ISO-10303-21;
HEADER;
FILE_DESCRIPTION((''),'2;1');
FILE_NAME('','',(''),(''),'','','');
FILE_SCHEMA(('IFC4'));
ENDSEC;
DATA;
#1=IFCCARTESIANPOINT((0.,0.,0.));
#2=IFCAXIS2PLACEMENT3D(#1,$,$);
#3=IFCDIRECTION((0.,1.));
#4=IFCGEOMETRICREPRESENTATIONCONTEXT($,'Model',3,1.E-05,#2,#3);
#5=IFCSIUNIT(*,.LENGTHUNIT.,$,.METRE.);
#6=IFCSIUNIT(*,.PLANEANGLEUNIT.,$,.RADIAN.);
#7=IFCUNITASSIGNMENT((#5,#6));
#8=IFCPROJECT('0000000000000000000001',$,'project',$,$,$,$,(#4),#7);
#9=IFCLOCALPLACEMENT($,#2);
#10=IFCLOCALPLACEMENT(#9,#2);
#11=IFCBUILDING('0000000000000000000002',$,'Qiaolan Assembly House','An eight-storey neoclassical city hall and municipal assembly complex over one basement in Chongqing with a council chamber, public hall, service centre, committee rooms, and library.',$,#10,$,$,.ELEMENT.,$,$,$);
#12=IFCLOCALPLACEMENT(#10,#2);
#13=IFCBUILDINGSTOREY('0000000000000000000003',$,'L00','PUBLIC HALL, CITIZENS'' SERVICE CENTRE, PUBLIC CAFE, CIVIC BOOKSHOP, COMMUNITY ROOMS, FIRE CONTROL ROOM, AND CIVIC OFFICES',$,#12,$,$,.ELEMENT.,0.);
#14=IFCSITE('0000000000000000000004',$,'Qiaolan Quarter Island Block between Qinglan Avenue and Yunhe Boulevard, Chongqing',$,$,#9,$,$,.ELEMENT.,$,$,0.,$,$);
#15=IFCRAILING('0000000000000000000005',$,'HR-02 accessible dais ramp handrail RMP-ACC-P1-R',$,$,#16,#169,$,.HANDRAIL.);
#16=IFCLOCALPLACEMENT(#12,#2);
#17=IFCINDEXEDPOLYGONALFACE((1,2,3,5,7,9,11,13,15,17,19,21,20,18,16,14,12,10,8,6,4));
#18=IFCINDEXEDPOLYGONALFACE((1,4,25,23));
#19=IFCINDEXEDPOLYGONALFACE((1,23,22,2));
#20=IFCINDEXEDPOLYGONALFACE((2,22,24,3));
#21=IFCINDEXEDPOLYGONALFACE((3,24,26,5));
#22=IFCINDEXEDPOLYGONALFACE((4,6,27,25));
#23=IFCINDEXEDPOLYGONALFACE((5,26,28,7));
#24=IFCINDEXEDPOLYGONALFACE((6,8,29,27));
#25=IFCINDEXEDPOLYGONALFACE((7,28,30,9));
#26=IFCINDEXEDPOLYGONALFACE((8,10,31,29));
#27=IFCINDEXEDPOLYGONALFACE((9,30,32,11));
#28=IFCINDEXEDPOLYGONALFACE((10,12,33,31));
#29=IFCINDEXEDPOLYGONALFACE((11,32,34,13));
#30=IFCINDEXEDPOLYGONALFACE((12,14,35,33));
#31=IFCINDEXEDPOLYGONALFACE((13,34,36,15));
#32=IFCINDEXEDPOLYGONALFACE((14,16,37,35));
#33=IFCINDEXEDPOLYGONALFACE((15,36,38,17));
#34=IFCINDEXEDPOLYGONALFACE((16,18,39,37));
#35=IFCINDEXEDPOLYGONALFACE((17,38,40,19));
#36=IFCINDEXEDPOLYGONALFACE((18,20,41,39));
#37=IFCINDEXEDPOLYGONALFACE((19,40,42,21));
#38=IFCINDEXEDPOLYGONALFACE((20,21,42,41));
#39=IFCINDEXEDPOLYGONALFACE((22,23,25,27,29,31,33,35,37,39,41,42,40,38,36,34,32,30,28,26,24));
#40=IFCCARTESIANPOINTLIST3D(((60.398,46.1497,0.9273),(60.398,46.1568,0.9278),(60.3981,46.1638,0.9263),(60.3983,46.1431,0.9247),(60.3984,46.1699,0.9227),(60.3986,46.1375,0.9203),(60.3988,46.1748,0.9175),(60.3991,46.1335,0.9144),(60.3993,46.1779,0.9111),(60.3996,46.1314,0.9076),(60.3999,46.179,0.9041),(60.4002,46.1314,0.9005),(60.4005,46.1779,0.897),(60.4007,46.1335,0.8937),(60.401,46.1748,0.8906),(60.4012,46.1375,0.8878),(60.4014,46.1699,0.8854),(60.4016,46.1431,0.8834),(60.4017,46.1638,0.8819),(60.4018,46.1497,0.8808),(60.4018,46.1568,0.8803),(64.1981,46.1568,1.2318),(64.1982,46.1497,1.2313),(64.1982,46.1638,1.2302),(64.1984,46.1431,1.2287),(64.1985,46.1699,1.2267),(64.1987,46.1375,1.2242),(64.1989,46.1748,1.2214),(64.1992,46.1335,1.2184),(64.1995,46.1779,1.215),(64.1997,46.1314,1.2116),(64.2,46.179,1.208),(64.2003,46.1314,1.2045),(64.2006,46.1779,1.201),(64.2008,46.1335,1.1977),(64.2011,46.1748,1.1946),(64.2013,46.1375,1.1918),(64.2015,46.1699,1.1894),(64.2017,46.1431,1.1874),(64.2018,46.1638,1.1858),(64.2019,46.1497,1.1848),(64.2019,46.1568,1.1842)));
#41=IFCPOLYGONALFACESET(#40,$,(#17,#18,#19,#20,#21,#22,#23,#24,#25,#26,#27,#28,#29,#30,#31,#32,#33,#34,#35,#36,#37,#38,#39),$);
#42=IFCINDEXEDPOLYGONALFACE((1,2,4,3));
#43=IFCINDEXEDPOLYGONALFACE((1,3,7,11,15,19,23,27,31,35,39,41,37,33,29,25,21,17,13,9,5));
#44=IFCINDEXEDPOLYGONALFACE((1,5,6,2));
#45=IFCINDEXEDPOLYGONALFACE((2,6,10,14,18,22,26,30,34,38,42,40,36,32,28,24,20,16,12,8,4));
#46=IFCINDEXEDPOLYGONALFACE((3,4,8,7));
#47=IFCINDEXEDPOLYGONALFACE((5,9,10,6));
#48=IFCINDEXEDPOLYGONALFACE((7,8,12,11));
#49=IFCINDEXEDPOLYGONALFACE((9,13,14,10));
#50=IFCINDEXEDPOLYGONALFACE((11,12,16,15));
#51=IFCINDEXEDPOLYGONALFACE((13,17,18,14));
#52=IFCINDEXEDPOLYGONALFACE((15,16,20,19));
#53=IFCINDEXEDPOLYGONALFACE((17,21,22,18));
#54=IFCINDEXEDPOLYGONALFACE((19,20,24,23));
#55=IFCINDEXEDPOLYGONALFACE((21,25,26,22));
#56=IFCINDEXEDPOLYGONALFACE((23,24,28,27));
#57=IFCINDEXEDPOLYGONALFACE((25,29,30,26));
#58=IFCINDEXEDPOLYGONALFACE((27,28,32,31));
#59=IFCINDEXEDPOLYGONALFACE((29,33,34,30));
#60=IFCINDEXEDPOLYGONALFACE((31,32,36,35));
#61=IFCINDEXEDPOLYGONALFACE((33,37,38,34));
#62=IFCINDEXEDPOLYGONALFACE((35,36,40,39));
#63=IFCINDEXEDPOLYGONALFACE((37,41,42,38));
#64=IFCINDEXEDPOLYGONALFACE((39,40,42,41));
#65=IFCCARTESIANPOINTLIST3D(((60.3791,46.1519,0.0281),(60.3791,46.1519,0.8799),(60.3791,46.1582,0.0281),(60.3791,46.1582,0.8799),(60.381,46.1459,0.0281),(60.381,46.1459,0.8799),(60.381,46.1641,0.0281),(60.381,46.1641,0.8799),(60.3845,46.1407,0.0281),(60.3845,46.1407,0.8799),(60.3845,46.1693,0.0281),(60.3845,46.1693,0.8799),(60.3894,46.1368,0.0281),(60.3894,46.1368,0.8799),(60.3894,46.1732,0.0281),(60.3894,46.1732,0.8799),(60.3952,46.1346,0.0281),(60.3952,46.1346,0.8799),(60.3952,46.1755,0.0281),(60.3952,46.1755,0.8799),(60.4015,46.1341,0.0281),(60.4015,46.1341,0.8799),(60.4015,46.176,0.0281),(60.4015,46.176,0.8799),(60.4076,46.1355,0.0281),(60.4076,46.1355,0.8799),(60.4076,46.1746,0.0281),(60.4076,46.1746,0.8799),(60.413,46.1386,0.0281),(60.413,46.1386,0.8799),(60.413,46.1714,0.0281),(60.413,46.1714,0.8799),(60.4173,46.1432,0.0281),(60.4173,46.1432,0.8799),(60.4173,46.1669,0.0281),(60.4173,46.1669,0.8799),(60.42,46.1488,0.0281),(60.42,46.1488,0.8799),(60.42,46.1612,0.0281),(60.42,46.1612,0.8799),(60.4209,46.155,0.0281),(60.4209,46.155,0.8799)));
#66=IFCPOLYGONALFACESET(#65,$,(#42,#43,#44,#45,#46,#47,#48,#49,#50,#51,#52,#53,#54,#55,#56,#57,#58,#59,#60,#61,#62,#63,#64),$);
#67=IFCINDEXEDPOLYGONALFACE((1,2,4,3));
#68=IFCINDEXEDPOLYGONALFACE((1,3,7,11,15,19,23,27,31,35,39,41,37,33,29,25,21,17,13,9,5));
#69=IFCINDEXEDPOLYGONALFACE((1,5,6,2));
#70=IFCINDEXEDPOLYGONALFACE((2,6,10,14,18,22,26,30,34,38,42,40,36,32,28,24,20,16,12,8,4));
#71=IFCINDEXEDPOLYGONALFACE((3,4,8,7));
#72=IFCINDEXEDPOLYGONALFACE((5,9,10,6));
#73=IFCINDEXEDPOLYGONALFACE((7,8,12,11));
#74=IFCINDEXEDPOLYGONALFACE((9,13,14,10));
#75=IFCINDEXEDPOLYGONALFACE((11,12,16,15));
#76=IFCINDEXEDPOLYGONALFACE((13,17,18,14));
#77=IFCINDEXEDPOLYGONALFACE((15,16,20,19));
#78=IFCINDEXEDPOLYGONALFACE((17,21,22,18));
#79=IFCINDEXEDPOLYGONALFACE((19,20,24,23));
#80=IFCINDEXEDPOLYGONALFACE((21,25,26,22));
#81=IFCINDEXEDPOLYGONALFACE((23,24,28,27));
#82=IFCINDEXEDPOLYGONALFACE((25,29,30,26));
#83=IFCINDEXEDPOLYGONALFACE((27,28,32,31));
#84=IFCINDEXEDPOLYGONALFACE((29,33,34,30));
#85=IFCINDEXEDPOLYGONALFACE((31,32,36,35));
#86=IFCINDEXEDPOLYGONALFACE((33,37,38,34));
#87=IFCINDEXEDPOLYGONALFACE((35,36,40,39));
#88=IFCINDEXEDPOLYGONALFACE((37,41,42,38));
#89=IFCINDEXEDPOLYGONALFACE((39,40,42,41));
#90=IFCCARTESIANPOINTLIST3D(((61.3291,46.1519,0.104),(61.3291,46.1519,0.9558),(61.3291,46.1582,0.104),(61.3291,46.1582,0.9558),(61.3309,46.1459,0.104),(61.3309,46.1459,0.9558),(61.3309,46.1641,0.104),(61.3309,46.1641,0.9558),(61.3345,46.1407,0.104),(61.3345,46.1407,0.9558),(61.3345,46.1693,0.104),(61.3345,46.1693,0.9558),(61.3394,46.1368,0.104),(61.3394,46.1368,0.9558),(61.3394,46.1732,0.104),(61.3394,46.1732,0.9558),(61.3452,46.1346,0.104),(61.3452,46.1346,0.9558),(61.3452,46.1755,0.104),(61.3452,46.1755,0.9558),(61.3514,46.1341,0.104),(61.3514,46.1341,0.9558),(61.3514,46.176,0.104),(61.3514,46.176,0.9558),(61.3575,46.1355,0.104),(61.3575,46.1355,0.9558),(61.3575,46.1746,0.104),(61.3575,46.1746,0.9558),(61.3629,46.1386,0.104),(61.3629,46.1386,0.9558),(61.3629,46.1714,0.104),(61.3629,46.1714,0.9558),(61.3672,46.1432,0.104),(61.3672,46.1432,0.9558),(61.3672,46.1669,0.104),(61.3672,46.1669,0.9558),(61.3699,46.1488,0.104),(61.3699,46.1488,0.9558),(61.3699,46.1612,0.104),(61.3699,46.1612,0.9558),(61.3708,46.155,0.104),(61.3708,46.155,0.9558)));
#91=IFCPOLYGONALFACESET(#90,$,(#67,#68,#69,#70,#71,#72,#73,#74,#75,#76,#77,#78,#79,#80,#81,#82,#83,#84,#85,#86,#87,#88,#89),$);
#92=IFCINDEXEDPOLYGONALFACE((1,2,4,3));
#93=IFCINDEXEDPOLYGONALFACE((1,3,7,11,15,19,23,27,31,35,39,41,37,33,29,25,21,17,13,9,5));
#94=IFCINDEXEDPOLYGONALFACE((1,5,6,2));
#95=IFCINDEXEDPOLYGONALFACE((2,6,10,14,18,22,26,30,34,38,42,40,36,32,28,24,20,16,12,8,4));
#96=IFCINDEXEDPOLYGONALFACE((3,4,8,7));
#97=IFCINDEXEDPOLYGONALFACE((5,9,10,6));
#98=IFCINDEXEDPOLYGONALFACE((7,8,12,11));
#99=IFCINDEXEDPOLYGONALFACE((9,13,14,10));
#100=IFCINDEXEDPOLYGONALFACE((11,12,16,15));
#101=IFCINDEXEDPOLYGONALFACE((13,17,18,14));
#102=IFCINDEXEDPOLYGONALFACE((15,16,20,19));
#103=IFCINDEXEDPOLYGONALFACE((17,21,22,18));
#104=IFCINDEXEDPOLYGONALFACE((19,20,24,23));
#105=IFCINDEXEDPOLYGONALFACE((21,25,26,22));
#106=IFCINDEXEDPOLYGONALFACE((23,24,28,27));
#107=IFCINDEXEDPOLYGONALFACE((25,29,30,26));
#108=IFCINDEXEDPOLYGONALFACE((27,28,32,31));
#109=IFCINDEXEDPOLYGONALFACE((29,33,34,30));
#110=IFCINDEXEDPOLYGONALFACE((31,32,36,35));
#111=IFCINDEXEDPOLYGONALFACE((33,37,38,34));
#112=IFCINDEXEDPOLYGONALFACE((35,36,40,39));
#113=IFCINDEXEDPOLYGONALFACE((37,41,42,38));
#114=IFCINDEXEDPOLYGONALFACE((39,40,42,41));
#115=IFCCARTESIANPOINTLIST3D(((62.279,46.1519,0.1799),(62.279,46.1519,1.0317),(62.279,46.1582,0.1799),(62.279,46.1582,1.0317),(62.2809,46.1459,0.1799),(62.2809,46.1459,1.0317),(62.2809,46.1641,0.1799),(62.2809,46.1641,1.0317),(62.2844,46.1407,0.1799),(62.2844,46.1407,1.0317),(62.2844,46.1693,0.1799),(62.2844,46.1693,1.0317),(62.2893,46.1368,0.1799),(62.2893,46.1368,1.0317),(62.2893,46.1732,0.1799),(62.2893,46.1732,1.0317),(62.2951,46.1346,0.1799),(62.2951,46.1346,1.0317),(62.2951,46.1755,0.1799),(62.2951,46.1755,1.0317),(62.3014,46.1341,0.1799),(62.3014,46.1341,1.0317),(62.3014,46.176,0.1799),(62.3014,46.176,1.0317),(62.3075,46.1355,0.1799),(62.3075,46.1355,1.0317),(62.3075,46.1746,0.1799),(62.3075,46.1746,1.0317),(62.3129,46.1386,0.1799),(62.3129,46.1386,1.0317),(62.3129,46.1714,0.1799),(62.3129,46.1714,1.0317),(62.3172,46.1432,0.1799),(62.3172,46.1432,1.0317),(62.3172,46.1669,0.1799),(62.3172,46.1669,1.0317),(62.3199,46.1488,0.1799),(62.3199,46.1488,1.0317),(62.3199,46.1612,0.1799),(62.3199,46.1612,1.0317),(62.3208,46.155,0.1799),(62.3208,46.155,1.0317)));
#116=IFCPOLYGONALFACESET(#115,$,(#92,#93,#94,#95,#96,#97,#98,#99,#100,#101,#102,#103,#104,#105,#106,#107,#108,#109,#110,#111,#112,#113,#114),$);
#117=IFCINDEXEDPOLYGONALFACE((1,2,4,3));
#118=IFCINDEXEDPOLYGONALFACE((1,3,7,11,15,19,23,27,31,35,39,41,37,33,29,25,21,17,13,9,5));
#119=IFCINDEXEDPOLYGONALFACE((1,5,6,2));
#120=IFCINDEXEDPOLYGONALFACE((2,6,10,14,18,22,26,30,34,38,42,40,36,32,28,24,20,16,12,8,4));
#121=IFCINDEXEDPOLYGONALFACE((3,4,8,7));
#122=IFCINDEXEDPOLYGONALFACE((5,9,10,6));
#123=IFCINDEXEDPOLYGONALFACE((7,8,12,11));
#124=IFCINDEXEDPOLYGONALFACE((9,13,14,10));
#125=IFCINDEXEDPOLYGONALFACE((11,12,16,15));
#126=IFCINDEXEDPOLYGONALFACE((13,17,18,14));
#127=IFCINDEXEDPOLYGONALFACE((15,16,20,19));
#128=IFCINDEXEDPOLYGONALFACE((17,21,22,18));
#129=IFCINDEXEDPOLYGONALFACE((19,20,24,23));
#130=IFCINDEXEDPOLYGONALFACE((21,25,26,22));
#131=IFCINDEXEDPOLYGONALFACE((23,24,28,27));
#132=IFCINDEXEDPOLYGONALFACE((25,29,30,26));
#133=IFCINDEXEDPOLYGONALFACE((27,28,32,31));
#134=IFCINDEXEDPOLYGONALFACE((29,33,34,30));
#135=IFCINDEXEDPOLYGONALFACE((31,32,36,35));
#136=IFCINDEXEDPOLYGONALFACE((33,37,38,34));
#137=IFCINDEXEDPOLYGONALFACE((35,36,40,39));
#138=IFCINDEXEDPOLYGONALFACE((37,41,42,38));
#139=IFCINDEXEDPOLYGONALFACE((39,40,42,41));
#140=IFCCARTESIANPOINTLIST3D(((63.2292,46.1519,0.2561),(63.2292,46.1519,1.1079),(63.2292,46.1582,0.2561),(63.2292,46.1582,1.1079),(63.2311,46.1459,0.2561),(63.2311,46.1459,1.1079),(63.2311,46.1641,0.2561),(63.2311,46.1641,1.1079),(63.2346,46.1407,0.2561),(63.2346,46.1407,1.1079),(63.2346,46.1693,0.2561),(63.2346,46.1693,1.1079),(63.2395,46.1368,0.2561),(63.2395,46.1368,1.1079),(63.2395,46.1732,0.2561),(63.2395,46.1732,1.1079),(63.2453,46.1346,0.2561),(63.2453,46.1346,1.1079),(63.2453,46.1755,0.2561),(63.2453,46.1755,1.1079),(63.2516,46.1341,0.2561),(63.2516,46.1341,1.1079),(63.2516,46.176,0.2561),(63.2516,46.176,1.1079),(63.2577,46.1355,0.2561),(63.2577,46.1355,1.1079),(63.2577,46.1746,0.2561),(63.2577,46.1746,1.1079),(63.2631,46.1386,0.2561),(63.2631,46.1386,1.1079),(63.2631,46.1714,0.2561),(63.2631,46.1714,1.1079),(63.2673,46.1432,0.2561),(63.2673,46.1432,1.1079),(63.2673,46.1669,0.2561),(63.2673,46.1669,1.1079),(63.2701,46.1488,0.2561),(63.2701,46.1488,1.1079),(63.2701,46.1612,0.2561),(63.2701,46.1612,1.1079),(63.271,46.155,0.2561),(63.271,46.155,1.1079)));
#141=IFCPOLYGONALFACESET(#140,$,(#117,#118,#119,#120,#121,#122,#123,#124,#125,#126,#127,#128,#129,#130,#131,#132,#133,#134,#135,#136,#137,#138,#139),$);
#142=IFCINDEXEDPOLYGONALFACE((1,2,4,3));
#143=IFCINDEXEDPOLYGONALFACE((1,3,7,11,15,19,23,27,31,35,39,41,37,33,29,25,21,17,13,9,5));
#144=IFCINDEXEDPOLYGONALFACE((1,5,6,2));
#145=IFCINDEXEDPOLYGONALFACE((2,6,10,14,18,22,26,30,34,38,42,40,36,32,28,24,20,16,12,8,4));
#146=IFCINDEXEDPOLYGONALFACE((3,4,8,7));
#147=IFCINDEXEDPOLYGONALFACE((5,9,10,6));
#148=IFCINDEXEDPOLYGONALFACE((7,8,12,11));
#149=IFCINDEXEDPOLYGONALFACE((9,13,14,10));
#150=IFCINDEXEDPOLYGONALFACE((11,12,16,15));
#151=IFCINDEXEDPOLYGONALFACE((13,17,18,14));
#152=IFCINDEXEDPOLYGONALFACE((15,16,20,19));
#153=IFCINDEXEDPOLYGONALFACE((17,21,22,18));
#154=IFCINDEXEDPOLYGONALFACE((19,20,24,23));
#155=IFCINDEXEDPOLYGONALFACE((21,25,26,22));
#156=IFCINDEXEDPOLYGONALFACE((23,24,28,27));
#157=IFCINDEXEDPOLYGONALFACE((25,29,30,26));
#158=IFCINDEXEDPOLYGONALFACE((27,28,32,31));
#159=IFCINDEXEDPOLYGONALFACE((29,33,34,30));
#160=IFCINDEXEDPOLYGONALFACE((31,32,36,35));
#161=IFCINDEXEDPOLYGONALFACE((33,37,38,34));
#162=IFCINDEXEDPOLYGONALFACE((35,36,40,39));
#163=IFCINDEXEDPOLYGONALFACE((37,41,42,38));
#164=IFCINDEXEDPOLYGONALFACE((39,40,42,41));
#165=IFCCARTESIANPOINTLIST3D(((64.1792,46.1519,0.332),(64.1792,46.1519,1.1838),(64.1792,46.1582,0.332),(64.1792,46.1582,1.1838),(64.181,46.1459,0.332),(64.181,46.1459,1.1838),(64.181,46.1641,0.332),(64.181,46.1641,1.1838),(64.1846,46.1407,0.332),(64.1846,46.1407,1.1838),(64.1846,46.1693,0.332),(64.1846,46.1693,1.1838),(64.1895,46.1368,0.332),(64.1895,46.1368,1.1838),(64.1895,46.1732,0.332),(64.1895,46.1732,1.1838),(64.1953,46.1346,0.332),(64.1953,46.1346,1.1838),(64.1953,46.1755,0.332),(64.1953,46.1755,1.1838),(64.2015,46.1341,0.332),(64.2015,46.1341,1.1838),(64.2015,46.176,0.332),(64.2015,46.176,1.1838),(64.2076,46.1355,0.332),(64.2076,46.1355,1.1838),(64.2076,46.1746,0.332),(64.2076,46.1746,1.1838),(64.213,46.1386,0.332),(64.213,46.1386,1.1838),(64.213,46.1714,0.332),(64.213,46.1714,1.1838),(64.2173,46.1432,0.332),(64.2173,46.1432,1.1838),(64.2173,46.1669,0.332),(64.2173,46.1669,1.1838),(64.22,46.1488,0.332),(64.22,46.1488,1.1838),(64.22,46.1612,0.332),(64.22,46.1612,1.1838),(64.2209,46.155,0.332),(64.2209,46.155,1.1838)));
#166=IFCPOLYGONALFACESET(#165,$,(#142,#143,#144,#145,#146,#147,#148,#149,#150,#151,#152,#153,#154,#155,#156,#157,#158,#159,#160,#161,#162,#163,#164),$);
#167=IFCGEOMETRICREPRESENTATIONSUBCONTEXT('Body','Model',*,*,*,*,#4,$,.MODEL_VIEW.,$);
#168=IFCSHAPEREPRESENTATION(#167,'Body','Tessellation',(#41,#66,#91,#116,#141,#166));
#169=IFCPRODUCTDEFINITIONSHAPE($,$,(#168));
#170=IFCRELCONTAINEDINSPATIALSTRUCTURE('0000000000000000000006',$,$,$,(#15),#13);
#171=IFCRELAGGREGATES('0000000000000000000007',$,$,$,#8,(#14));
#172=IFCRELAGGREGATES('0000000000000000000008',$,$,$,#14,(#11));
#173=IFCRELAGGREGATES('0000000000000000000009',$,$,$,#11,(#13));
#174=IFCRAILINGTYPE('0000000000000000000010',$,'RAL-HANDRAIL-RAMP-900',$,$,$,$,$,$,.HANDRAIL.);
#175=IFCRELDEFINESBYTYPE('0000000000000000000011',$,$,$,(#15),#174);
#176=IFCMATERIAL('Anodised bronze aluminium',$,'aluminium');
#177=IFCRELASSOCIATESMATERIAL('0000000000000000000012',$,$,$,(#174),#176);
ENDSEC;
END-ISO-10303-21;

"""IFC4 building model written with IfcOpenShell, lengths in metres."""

from ifc_helpers import new_model, si_unit, direction, frame, origin, origin_2d, place, context, subcontext, project, spatial, circle, extrude, material, type_object, element, save


model = new_model("IFC4")

# Units and contexts
model_context = context("Model", 3, precision=1e-05, world=origin(), true_north=direction((0.0, 1.0)))
body_context = subcontext(model_context, "Body", "Model", "MODEL_VIEW")
ifc_project = project(units=[si_unit("LENGTHUNIT", "METRE"), si_unit("PLANEANGLEUNIT", "RADIAN")], contexts=[model_context])

# Site, building, storey
site_placement = place(None, origin())
site = spatial("IfcSite", under=ifc_project, at=site_placement, Name="Qiaolan Quarter Island Block between Qinglan Avenue and Yunhe Boulevard, Chongqing", CompositionType="ELEMENT", RefElevation=0.0)
building_placement = place(site_placement, origin())
building = spatial("IfcBuilding", under=site, at=building_placement, Name="Qiaolan Assembly House", Description="An eight-storey neoclassical city hall and municipal assembly complex over one basement in Chongqing with a council chamber, public hall, service centre, committee rooms, and library.", CompositionType="ELEMENT")
storey_placement = place(building_placement, origin())
storey = spatial("IfcBuildingStorey", under=building, at=storey_placement, Name="L00", Description="PUBLIC HALL, CITIZENS' SERVICE CENTRE, PUBLIC CAFE, CIVIC BOOKSHOP, COMMUNITY ROOMS, FIRE CONTROL ROOM, AND CIVIC OFFICES", CompositionType="ELEMENT", Elevation=0.0)

# Shared definitions
ifc_material_1 = material(Name="Anodised bronze aluminium", Category="aluminium")

# Railing
railing_type = type_object("IfcRailingType", Name="RAL-HANDRAIL-RAMP-900", PredefinedType="HANDRAIL", material=ifc_material_1)
for number, where, name in (
    (1, (60.3999, 46.155, 0.0281), "HR-02 accessible dais ramp handrail RMP-ACC-P1-R"),
):
    element("IfcRailing", number, at=place(storey_placement, frame(where)), inside=storey, type_object=railing_type, Name=name, PredefinedType="HANDRAIL", context=body_context, shape_type="SweptSolid", body=[
        extrude(circle(Radius=0.0239, at=origin_2d()), frame((0.0, 0.0, 0.876), z_axis=(0.996816, 0.0, 0.079732), x_axis=(0.0, 1.0, 0.0)), (0.0, 0.0, 1.0), 3.8123),
        extrude(circle(Radius=0.021, at=origin_2d()), origin(), (0.0, 0.0, 1.0), 0.8518),
        extrude(circle(Radius=0.021, at=origin_2d()), frame((0.95, 0.0, 0.0759)), (0.0, 0.0, 1.0), 0.8518),
        extrude(circle(Radius=0.021, at=origin_2d()), frame((1.8999, 0.0, 0.1519)), (0.0, 0.0, 1.0), 0.8518),
        extrude(circle(Radius=0.021, at=origin_2d()), frame((2.8501, 0.0, 0.228)), (0.0, 0.0, 1.0), 0.8518),
        extrude(circle(Radius=0.021, at=origin_2d()), frame((3.8, 0.0, 0.304)), (0.0, 0.0, 1.0), 0.8518),
    ])

save(model, "model.ifc")
